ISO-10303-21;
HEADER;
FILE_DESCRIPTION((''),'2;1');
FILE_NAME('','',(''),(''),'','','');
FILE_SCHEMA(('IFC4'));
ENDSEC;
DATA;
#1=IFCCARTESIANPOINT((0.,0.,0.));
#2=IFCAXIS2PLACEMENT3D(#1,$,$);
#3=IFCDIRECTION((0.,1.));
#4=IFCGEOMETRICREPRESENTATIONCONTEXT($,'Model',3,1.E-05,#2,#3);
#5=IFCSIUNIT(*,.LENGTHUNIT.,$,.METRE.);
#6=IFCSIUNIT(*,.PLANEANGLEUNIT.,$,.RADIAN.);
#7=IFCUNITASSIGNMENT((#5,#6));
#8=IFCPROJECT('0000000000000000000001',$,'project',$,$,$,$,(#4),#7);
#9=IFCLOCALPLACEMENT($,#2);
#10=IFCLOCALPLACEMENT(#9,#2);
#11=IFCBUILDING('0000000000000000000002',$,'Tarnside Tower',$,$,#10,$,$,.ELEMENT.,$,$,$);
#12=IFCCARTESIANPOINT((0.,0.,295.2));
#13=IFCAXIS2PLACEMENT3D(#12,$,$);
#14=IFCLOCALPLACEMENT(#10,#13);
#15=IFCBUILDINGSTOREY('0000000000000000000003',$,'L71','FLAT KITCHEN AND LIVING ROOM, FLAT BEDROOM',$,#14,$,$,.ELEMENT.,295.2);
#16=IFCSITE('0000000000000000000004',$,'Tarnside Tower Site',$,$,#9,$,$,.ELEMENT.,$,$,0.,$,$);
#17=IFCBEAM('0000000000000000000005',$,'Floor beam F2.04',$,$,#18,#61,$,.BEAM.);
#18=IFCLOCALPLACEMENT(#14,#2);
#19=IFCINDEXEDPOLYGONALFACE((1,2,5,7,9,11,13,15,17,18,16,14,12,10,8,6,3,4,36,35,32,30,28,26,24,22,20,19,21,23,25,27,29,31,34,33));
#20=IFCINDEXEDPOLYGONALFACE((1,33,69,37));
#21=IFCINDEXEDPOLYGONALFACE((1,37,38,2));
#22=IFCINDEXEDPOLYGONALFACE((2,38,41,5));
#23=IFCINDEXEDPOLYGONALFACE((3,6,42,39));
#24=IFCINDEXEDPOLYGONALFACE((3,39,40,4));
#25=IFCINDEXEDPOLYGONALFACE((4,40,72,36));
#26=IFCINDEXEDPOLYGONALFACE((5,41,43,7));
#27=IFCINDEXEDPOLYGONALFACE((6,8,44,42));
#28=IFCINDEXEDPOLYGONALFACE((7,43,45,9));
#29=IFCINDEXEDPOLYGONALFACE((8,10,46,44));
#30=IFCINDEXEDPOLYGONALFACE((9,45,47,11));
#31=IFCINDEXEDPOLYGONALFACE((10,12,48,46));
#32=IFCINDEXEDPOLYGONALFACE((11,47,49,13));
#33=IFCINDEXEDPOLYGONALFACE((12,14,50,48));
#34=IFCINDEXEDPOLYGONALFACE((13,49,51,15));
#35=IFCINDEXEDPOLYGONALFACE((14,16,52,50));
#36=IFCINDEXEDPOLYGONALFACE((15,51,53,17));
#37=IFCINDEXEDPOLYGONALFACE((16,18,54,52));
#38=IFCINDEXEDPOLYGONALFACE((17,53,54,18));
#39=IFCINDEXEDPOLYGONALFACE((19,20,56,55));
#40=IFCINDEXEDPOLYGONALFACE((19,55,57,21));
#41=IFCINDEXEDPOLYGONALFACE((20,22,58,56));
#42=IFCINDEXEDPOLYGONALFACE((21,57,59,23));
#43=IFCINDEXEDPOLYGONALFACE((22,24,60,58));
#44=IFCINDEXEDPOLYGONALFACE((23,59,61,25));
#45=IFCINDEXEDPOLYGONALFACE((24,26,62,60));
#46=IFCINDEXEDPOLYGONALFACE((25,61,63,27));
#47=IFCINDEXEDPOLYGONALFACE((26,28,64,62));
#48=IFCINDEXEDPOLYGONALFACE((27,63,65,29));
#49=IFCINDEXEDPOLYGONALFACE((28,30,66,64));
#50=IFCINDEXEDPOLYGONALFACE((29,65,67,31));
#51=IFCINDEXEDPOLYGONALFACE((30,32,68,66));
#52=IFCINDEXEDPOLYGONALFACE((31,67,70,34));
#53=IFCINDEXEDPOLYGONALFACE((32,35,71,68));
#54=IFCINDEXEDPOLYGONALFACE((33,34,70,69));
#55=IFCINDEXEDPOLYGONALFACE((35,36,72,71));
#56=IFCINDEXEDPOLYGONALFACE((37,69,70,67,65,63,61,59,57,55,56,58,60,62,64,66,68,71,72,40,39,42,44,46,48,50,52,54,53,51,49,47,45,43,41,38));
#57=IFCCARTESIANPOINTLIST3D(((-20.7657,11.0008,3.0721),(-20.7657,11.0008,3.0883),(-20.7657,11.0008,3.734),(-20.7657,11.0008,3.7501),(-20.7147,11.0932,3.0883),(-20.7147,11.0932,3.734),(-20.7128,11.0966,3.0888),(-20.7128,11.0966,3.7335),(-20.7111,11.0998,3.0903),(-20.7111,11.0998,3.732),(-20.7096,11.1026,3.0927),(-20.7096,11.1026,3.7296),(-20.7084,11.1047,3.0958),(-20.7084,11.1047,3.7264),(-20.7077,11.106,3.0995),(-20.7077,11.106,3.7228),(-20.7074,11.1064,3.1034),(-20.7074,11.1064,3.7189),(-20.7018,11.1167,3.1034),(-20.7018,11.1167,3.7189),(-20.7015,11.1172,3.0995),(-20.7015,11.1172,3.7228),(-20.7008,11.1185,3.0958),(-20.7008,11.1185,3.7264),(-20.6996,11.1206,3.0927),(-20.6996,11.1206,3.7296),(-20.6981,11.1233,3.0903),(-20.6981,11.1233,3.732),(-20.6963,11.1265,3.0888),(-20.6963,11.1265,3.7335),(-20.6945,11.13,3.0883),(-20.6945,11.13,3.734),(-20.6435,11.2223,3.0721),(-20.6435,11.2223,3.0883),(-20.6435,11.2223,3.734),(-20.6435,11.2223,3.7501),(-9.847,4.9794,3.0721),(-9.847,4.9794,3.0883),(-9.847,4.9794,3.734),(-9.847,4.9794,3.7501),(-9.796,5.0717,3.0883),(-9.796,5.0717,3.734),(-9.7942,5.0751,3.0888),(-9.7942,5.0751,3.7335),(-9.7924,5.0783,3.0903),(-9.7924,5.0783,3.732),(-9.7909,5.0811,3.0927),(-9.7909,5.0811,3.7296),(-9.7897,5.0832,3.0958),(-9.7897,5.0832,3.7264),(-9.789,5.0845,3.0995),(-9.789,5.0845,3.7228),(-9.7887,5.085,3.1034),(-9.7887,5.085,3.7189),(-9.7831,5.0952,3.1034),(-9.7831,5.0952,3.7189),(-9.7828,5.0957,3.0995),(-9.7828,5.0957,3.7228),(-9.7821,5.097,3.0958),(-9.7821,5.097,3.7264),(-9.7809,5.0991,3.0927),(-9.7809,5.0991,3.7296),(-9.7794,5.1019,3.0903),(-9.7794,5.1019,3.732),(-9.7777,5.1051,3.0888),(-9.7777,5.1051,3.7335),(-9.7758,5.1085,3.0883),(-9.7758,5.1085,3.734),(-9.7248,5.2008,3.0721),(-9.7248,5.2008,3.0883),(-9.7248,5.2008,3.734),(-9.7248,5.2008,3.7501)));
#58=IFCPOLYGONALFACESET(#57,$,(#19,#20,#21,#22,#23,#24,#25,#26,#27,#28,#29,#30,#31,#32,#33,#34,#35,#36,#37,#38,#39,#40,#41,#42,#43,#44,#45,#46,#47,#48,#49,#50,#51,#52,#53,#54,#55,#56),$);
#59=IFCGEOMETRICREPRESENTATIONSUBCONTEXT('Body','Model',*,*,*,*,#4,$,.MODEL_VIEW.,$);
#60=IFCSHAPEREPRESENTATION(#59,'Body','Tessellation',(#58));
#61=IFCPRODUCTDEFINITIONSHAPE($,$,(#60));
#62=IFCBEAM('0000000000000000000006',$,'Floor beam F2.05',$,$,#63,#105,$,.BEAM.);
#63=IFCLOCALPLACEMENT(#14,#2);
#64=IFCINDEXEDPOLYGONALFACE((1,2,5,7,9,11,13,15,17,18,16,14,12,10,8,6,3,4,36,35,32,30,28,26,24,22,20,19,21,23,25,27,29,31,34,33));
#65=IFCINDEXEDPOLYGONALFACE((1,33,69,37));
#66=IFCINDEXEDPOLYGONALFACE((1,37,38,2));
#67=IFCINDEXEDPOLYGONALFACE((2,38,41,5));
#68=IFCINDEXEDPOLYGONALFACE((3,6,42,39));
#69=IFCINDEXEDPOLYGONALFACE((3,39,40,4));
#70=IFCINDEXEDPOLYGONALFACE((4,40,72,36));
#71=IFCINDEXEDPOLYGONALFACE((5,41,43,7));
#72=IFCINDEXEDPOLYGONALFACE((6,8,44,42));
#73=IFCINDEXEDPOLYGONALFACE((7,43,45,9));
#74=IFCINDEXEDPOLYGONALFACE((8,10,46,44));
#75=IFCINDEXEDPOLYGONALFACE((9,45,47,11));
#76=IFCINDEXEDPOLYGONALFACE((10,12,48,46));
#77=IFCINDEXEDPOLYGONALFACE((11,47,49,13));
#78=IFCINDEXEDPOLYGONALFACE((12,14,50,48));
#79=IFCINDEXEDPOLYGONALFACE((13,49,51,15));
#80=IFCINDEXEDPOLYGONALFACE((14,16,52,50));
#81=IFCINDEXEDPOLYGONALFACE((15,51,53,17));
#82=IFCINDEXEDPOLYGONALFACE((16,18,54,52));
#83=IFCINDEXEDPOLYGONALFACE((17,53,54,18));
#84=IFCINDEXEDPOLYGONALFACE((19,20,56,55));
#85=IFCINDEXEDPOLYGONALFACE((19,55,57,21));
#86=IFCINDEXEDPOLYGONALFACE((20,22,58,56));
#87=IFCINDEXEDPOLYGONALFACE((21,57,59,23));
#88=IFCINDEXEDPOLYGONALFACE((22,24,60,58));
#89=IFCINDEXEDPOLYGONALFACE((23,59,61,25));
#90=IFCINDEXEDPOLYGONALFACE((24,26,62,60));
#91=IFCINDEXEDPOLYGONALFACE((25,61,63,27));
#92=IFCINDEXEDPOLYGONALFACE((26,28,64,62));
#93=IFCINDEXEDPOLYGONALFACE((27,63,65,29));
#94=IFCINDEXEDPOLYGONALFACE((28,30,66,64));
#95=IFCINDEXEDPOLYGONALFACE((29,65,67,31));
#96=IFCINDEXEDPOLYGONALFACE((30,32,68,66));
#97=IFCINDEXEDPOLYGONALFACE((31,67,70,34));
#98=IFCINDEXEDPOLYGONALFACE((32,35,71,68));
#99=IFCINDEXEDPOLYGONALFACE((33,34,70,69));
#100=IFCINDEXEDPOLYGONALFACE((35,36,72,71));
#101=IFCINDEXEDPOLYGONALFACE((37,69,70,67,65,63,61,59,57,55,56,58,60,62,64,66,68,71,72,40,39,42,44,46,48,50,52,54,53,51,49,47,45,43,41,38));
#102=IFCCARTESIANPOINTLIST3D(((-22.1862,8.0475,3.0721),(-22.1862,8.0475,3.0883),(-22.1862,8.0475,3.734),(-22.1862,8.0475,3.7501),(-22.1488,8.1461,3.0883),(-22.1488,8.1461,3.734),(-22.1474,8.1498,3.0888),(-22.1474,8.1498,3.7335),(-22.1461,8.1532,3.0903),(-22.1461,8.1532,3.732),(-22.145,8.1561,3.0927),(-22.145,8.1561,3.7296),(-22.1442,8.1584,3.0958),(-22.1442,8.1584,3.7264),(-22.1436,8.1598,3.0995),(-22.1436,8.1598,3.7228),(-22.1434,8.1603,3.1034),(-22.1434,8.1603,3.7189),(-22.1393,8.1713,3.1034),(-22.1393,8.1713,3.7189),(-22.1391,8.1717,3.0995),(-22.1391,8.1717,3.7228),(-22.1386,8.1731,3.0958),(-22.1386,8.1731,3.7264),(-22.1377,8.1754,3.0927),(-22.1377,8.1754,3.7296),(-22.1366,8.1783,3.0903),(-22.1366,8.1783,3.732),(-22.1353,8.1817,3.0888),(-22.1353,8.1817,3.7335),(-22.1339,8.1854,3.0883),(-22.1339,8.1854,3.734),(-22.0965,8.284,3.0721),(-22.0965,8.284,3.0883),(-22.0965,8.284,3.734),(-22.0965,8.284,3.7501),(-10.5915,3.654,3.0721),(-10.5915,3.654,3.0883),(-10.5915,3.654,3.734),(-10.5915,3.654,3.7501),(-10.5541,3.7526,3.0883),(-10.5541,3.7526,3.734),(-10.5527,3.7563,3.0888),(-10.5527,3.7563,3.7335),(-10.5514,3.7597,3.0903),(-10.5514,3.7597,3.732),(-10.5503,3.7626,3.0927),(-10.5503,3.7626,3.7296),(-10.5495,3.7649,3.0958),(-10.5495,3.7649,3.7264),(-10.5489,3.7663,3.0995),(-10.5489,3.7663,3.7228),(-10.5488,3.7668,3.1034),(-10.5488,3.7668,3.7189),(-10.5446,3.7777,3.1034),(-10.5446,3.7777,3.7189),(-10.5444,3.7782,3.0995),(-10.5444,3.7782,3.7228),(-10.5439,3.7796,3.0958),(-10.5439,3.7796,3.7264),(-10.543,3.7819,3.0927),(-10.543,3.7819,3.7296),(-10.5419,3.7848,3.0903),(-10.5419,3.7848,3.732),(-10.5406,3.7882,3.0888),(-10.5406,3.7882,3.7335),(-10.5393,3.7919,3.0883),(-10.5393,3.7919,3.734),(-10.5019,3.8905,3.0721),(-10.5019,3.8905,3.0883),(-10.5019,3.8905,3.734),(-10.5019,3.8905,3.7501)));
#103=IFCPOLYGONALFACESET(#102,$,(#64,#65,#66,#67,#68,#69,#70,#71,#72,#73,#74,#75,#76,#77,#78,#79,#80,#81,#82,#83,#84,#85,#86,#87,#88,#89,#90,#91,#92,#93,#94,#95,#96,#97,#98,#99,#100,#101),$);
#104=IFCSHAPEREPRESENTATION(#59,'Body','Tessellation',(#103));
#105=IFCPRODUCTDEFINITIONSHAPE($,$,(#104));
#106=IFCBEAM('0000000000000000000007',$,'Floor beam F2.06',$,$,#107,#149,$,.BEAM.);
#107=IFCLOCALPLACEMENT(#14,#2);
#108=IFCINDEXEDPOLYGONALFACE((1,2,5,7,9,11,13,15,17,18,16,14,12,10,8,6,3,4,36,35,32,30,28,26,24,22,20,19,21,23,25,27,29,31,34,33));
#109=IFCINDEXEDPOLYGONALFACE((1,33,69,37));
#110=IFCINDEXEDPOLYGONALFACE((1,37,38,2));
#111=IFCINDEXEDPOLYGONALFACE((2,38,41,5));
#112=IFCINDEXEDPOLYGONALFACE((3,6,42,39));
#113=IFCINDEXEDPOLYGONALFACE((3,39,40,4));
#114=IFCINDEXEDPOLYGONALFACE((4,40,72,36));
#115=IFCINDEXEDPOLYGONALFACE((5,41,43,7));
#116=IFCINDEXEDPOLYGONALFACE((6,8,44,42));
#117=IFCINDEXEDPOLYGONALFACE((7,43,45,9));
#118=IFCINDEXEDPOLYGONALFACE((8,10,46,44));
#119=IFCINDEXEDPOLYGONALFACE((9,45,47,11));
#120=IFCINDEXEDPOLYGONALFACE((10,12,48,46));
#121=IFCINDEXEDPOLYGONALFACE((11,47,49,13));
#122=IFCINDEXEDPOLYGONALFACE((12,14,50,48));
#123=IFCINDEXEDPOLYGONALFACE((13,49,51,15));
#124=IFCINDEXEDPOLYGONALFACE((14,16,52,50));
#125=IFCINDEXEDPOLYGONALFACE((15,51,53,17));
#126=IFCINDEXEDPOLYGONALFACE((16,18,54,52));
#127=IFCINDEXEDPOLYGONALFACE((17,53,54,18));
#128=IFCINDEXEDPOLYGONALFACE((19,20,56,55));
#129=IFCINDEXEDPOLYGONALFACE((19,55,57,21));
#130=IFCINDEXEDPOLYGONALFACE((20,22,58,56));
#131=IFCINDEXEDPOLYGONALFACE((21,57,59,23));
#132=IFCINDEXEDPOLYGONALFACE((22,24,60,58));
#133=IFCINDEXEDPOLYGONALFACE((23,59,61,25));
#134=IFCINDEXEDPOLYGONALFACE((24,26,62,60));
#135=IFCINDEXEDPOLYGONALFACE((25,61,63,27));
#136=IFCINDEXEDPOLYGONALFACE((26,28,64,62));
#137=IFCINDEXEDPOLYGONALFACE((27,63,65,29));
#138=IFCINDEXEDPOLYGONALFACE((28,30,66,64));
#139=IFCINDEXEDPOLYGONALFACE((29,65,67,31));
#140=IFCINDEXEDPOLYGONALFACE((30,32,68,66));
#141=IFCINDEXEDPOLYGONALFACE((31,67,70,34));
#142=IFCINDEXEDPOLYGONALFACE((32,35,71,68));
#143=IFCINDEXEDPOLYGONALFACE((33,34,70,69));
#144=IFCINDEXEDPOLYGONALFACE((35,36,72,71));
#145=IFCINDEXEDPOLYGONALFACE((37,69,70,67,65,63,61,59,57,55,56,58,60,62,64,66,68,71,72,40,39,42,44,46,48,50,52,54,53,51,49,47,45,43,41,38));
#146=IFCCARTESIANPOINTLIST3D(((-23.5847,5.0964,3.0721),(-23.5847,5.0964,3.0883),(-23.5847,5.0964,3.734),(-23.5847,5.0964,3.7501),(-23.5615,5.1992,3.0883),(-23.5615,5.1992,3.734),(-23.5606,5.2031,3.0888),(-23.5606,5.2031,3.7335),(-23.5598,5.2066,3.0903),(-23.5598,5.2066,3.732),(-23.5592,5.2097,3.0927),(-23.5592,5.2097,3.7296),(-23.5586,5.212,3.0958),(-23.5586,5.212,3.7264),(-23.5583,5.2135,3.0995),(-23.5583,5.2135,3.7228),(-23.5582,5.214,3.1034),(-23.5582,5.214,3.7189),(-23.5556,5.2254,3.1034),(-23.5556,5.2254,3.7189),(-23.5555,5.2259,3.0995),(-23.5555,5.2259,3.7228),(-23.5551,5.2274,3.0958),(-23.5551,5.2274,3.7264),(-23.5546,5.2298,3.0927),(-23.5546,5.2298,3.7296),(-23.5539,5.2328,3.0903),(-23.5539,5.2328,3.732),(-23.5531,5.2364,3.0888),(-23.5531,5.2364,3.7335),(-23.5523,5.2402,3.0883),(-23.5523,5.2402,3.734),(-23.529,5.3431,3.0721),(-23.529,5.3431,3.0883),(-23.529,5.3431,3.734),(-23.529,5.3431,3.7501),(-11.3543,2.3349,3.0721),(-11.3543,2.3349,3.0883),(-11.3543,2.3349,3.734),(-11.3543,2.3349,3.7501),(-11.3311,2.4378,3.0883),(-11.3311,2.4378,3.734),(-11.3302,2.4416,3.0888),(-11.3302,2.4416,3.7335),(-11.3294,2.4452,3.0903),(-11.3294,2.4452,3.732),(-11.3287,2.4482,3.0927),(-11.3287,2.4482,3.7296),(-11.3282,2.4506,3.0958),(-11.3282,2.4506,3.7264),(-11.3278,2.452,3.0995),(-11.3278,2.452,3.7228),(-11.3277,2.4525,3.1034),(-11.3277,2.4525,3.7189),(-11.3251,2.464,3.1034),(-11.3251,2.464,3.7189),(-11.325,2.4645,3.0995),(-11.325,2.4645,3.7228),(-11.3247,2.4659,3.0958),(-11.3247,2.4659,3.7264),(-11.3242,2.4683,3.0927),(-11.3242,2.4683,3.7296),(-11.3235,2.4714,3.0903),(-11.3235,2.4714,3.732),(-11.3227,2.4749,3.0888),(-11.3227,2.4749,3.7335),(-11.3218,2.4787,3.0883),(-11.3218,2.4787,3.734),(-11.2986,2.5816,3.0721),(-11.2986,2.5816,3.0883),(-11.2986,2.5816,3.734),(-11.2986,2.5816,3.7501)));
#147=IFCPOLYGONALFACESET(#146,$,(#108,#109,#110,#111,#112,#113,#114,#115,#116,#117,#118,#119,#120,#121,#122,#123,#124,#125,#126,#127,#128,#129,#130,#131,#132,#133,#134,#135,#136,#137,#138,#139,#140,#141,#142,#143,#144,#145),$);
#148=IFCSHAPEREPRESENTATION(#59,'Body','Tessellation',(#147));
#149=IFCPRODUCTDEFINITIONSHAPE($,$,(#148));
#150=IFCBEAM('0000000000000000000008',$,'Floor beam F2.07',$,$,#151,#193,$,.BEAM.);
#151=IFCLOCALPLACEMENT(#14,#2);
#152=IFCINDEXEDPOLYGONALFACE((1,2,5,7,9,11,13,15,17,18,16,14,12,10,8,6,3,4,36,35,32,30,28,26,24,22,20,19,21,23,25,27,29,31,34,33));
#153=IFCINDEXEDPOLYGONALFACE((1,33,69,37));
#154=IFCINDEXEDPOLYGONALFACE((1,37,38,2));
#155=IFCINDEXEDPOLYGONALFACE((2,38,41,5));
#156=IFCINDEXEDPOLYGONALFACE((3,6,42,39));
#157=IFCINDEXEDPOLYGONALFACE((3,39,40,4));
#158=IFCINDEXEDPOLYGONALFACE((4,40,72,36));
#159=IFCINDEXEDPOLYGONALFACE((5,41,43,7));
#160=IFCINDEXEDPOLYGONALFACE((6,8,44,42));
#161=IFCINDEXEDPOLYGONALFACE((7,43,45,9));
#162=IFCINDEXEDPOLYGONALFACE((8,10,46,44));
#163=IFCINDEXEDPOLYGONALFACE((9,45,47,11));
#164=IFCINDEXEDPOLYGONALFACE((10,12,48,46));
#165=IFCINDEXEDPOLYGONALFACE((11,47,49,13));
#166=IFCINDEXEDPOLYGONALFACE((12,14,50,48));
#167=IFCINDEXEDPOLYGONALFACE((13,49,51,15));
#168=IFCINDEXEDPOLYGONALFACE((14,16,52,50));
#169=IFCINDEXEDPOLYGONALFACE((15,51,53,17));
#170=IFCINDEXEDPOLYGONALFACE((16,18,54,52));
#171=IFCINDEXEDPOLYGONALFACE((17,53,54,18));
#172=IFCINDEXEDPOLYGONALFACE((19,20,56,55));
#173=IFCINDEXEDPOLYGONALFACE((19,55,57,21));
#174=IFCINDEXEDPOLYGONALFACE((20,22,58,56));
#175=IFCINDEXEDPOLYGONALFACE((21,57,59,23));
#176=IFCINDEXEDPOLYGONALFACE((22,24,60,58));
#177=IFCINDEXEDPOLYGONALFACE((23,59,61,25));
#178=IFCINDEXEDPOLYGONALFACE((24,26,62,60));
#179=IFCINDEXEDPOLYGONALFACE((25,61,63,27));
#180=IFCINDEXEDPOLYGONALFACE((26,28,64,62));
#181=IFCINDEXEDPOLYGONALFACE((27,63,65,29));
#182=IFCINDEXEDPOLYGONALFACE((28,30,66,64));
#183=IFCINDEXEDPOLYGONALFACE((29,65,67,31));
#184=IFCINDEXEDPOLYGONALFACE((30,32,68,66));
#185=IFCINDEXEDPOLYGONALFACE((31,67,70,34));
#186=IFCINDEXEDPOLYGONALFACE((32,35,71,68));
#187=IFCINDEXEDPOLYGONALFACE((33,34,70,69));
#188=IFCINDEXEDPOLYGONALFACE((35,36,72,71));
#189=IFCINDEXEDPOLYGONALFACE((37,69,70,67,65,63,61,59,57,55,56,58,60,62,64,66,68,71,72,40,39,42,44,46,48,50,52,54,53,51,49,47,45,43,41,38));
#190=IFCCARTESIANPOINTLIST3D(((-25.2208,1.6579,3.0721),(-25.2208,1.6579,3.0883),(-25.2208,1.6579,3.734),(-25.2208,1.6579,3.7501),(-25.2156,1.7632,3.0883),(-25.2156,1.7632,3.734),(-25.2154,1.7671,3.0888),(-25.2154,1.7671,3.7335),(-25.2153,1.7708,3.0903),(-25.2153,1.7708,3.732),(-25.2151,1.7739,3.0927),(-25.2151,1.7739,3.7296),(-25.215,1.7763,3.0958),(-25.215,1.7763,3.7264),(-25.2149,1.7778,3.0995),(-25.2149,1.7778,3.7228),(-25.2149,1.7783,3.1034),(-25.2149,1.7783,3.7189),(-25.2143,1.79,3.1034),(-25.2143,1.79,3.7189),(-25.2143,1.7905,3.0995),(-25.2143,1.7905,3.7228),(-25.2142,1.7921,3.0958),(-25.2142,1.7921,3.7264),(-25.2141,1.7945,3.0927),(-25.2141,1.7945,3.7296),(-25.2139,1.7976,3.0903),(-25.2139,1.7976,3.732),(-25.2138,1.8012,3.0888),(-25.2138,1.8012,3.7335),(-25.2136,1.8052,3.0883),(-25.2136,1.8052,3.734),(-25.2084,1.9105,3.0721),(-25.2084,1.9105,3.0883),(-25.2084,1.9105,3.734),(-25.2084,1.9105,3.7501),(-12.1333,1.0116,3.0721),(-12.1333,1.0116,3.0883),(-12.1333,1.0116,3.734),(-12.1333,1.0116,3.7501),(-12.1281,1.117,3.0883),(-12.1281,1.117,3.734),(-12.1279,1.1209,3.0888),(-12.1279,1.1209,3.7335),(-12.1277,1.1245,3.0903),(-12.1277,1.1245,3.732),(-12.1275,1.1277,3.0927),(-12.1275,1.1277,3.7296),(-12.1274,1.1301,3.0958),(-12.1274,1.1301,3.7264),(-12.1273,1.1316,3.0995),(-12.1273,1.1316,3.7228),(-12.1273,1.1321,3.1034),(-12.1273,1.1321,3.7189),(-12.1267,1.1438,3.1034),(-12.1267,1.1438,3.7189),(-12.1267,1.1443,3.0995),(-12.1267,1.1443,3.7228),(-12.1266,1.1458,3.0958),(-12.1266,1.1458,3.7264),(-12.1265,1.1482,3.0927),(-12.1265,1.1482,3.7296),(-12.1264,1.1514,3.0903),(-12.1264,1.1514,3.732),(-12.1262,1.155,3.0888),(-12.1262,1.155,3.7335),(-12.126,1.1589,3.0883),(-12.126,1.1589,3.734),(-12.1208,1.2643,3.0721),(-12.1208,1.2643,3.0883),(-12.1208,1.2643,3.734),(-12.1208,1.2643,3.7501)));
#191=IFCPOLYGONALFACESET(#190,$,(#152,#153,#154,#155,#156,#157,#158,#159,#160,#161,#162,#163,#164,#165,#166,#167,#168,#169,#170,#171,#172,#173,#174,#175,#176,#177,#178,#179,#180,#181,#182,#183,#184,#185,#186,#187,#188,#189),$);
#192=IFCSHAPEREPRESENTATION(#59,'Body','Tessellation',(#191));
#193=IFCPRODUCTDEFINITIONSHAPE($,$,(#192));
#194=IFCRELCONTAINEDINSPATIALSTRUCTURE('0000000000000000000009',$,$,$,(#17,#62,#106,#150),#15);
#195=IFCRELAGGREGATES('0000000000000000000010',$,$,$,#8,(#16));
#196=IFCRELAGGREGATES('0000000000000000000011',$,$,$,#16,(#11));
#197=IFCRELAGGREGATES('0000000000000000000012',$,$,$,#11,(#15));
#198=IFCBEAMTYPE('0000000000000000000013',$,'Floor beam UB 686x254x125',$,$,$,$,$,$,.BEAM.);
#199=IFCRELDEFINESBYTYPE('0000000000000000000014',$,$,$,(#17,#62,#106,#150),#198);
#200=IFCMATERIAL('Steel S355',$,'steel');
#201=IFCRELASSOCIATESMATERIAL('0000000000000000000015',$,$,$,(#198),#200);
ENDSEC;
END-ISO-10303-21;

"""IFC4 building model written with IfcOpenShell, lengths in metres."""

from ifc_helpers import new_model, si_unit, direction, frame, origin, origin_2d, place, context, subcontext, project, spatial, i_section, extrude, material, material_profile, profile_set, type_object, element, save


model = new_model("IFC4")

# Units and contexts
model_context = context("Model", 3, precision=1e-05, world=origin(), true_north=direction((0.0, 1.0)))
body_context = subcontext(model_context, "Body", "Model", "MODEL_VIEW")
ifc_project = project(units=[si_unit("LENGTHUNIT", "METRE"), si_unit("PLANEANGLEUNIT", "RADIAN")], contexts=[model_context])

# Site, building, storey
site_placement = place(None, origin())
site = spatial("IfcSite", under=ifc_project, at=site_placement, Name="Tarnside Tower Site", CompositionType="ELEMENT", RefElevation=0.0)
building_placement = place(site_placement, origin())
building = spatial("IfcBuilding", under=site, at=building_placement, Name="Tarnside Tower", CompositionType="ELEMENT")
storey_placement = place(building_placement, frame((0.0, 0.0, 295.2)))
storey = spatial("IfcBuildingStorey", under=building, at=storey_placement, Name="L71", Description="FLAT KITCHEN AND LIVING ROOM, FLAT BEDROOM", CompositionType="ELEMENT", Elevation=295.2)

# Beams
ifc_material_1 = material(Name="Steel S355", Category="steel")
ifc_material_profile_1 = material_profile(ifc_material_1, i_section(OverallWidth=0.2529, OverallDepth=0.678, WebThickness=0.0117, FlangeThickness=0.0161, FilletRadius=0.0151, at=origin_2d()), Name="UB 686x254x125")
ifc_profile_set_1 = profile_set([ifc_material_profile_1], Name="Steel S355")
beam_type_1 = type_object("IfcBeamType", Name="Floor beam UB 686x254x125", PredefinedType="BEAM", material=ifc_profile_set_1)
beam_1_placement = place(storey_placement, frame((-20.7046, 11.1116, 3.4111), z_axis=(0.875667, -0.482916, 0.0), x_axis=(0.482916, 0.875667, 0.0)))
element("IfcBeam", 1, at=beam_1_placement, inside=storey, type_object=beam_type_1, Name="Floor beam F2.04", PredefinedType="BEAM", context=body_context, shape_type="SweptSolid", body=[
    extrude(i_section(OverallWidth=0.2529, OverallDepth=0.678, WebThickness=0.0117, FlangeThickness=0.0161, FilletRadius=0.0151, at=origin_2d()), origin(), (0.0, 0.0, 1.0), 12.469),
])
beam_2_placement = place(storey_placement, frame((-22.1414, 8.1658, 3.4111), z_axis=(0.935116, -0.354341, 0.0), x_axis=(0.354341, 0.935116, 0.0)))
element("IfcBeam", 2, at=beam_2_placement, inside=storey, type_object=beam_type_1, Name="Floor beam F2.05", PredefinedType="BEAM", context=body_context, shape_type="SweptSolid", body=[
    extrude(i_section(OverallWidth=0.2529, OverallDepth=0.678, WebThickness=0.0117, FlangeThickness=0.0161, FilletRadius=0.0151, at=origin_2d()), origin(), (0.0, 0.0, 1.0), 12.3992),
])
beam_3_placement = place(storey_placement, frame((-23.5569, 5.2197, 3.4111), z_axis=(0.975445, -0.220242, 0.0), x_axis=(0.220242, 0.975445, 0.0)))
element("IfcBeam", 3, at=beam_3_placement, inside=storey, type_object=beam_type_1, Name="Floor beam F2.06", PredefinedType="BEAM", context=body_context, shape_type="SweptSolid", body=[
    extrude(i_section(OverallWidth=0.2529, OverallDepth=0.678, WebThickness=0.0117, FlangeThickness=0.0161, FilletRadius=0.0151, at=origin_2d()), origin(), (0.0, 0.0, 1.0), 12.5383),
])
beam_4_placement = place(storey_placement, frame((-25.2146, 1.7842, 3.4111), z_axis=(0.998783, -0.049318, 0.0), x_axis=(0.049318, 0.998783, 0.0)))
element("IfcBeam", 4, at=beam_4_placement, inside=storey, type_object=beam_type_1, Name="Floor beam F2.07", PredefinedType="BEAM", context=body_context, shape_type="SweptSolid", body=[
    extrude(i_section(OverallWidth=0.2529, OverallDepth=0.678, WebThickness=0.0117, FlangeThickness=0.0161, FilletRadius=0.0151, at=origin_2d()), origin(), (0.0, 0.0, 1.0), 13.1035),
])

save(model, "model.ifc")
